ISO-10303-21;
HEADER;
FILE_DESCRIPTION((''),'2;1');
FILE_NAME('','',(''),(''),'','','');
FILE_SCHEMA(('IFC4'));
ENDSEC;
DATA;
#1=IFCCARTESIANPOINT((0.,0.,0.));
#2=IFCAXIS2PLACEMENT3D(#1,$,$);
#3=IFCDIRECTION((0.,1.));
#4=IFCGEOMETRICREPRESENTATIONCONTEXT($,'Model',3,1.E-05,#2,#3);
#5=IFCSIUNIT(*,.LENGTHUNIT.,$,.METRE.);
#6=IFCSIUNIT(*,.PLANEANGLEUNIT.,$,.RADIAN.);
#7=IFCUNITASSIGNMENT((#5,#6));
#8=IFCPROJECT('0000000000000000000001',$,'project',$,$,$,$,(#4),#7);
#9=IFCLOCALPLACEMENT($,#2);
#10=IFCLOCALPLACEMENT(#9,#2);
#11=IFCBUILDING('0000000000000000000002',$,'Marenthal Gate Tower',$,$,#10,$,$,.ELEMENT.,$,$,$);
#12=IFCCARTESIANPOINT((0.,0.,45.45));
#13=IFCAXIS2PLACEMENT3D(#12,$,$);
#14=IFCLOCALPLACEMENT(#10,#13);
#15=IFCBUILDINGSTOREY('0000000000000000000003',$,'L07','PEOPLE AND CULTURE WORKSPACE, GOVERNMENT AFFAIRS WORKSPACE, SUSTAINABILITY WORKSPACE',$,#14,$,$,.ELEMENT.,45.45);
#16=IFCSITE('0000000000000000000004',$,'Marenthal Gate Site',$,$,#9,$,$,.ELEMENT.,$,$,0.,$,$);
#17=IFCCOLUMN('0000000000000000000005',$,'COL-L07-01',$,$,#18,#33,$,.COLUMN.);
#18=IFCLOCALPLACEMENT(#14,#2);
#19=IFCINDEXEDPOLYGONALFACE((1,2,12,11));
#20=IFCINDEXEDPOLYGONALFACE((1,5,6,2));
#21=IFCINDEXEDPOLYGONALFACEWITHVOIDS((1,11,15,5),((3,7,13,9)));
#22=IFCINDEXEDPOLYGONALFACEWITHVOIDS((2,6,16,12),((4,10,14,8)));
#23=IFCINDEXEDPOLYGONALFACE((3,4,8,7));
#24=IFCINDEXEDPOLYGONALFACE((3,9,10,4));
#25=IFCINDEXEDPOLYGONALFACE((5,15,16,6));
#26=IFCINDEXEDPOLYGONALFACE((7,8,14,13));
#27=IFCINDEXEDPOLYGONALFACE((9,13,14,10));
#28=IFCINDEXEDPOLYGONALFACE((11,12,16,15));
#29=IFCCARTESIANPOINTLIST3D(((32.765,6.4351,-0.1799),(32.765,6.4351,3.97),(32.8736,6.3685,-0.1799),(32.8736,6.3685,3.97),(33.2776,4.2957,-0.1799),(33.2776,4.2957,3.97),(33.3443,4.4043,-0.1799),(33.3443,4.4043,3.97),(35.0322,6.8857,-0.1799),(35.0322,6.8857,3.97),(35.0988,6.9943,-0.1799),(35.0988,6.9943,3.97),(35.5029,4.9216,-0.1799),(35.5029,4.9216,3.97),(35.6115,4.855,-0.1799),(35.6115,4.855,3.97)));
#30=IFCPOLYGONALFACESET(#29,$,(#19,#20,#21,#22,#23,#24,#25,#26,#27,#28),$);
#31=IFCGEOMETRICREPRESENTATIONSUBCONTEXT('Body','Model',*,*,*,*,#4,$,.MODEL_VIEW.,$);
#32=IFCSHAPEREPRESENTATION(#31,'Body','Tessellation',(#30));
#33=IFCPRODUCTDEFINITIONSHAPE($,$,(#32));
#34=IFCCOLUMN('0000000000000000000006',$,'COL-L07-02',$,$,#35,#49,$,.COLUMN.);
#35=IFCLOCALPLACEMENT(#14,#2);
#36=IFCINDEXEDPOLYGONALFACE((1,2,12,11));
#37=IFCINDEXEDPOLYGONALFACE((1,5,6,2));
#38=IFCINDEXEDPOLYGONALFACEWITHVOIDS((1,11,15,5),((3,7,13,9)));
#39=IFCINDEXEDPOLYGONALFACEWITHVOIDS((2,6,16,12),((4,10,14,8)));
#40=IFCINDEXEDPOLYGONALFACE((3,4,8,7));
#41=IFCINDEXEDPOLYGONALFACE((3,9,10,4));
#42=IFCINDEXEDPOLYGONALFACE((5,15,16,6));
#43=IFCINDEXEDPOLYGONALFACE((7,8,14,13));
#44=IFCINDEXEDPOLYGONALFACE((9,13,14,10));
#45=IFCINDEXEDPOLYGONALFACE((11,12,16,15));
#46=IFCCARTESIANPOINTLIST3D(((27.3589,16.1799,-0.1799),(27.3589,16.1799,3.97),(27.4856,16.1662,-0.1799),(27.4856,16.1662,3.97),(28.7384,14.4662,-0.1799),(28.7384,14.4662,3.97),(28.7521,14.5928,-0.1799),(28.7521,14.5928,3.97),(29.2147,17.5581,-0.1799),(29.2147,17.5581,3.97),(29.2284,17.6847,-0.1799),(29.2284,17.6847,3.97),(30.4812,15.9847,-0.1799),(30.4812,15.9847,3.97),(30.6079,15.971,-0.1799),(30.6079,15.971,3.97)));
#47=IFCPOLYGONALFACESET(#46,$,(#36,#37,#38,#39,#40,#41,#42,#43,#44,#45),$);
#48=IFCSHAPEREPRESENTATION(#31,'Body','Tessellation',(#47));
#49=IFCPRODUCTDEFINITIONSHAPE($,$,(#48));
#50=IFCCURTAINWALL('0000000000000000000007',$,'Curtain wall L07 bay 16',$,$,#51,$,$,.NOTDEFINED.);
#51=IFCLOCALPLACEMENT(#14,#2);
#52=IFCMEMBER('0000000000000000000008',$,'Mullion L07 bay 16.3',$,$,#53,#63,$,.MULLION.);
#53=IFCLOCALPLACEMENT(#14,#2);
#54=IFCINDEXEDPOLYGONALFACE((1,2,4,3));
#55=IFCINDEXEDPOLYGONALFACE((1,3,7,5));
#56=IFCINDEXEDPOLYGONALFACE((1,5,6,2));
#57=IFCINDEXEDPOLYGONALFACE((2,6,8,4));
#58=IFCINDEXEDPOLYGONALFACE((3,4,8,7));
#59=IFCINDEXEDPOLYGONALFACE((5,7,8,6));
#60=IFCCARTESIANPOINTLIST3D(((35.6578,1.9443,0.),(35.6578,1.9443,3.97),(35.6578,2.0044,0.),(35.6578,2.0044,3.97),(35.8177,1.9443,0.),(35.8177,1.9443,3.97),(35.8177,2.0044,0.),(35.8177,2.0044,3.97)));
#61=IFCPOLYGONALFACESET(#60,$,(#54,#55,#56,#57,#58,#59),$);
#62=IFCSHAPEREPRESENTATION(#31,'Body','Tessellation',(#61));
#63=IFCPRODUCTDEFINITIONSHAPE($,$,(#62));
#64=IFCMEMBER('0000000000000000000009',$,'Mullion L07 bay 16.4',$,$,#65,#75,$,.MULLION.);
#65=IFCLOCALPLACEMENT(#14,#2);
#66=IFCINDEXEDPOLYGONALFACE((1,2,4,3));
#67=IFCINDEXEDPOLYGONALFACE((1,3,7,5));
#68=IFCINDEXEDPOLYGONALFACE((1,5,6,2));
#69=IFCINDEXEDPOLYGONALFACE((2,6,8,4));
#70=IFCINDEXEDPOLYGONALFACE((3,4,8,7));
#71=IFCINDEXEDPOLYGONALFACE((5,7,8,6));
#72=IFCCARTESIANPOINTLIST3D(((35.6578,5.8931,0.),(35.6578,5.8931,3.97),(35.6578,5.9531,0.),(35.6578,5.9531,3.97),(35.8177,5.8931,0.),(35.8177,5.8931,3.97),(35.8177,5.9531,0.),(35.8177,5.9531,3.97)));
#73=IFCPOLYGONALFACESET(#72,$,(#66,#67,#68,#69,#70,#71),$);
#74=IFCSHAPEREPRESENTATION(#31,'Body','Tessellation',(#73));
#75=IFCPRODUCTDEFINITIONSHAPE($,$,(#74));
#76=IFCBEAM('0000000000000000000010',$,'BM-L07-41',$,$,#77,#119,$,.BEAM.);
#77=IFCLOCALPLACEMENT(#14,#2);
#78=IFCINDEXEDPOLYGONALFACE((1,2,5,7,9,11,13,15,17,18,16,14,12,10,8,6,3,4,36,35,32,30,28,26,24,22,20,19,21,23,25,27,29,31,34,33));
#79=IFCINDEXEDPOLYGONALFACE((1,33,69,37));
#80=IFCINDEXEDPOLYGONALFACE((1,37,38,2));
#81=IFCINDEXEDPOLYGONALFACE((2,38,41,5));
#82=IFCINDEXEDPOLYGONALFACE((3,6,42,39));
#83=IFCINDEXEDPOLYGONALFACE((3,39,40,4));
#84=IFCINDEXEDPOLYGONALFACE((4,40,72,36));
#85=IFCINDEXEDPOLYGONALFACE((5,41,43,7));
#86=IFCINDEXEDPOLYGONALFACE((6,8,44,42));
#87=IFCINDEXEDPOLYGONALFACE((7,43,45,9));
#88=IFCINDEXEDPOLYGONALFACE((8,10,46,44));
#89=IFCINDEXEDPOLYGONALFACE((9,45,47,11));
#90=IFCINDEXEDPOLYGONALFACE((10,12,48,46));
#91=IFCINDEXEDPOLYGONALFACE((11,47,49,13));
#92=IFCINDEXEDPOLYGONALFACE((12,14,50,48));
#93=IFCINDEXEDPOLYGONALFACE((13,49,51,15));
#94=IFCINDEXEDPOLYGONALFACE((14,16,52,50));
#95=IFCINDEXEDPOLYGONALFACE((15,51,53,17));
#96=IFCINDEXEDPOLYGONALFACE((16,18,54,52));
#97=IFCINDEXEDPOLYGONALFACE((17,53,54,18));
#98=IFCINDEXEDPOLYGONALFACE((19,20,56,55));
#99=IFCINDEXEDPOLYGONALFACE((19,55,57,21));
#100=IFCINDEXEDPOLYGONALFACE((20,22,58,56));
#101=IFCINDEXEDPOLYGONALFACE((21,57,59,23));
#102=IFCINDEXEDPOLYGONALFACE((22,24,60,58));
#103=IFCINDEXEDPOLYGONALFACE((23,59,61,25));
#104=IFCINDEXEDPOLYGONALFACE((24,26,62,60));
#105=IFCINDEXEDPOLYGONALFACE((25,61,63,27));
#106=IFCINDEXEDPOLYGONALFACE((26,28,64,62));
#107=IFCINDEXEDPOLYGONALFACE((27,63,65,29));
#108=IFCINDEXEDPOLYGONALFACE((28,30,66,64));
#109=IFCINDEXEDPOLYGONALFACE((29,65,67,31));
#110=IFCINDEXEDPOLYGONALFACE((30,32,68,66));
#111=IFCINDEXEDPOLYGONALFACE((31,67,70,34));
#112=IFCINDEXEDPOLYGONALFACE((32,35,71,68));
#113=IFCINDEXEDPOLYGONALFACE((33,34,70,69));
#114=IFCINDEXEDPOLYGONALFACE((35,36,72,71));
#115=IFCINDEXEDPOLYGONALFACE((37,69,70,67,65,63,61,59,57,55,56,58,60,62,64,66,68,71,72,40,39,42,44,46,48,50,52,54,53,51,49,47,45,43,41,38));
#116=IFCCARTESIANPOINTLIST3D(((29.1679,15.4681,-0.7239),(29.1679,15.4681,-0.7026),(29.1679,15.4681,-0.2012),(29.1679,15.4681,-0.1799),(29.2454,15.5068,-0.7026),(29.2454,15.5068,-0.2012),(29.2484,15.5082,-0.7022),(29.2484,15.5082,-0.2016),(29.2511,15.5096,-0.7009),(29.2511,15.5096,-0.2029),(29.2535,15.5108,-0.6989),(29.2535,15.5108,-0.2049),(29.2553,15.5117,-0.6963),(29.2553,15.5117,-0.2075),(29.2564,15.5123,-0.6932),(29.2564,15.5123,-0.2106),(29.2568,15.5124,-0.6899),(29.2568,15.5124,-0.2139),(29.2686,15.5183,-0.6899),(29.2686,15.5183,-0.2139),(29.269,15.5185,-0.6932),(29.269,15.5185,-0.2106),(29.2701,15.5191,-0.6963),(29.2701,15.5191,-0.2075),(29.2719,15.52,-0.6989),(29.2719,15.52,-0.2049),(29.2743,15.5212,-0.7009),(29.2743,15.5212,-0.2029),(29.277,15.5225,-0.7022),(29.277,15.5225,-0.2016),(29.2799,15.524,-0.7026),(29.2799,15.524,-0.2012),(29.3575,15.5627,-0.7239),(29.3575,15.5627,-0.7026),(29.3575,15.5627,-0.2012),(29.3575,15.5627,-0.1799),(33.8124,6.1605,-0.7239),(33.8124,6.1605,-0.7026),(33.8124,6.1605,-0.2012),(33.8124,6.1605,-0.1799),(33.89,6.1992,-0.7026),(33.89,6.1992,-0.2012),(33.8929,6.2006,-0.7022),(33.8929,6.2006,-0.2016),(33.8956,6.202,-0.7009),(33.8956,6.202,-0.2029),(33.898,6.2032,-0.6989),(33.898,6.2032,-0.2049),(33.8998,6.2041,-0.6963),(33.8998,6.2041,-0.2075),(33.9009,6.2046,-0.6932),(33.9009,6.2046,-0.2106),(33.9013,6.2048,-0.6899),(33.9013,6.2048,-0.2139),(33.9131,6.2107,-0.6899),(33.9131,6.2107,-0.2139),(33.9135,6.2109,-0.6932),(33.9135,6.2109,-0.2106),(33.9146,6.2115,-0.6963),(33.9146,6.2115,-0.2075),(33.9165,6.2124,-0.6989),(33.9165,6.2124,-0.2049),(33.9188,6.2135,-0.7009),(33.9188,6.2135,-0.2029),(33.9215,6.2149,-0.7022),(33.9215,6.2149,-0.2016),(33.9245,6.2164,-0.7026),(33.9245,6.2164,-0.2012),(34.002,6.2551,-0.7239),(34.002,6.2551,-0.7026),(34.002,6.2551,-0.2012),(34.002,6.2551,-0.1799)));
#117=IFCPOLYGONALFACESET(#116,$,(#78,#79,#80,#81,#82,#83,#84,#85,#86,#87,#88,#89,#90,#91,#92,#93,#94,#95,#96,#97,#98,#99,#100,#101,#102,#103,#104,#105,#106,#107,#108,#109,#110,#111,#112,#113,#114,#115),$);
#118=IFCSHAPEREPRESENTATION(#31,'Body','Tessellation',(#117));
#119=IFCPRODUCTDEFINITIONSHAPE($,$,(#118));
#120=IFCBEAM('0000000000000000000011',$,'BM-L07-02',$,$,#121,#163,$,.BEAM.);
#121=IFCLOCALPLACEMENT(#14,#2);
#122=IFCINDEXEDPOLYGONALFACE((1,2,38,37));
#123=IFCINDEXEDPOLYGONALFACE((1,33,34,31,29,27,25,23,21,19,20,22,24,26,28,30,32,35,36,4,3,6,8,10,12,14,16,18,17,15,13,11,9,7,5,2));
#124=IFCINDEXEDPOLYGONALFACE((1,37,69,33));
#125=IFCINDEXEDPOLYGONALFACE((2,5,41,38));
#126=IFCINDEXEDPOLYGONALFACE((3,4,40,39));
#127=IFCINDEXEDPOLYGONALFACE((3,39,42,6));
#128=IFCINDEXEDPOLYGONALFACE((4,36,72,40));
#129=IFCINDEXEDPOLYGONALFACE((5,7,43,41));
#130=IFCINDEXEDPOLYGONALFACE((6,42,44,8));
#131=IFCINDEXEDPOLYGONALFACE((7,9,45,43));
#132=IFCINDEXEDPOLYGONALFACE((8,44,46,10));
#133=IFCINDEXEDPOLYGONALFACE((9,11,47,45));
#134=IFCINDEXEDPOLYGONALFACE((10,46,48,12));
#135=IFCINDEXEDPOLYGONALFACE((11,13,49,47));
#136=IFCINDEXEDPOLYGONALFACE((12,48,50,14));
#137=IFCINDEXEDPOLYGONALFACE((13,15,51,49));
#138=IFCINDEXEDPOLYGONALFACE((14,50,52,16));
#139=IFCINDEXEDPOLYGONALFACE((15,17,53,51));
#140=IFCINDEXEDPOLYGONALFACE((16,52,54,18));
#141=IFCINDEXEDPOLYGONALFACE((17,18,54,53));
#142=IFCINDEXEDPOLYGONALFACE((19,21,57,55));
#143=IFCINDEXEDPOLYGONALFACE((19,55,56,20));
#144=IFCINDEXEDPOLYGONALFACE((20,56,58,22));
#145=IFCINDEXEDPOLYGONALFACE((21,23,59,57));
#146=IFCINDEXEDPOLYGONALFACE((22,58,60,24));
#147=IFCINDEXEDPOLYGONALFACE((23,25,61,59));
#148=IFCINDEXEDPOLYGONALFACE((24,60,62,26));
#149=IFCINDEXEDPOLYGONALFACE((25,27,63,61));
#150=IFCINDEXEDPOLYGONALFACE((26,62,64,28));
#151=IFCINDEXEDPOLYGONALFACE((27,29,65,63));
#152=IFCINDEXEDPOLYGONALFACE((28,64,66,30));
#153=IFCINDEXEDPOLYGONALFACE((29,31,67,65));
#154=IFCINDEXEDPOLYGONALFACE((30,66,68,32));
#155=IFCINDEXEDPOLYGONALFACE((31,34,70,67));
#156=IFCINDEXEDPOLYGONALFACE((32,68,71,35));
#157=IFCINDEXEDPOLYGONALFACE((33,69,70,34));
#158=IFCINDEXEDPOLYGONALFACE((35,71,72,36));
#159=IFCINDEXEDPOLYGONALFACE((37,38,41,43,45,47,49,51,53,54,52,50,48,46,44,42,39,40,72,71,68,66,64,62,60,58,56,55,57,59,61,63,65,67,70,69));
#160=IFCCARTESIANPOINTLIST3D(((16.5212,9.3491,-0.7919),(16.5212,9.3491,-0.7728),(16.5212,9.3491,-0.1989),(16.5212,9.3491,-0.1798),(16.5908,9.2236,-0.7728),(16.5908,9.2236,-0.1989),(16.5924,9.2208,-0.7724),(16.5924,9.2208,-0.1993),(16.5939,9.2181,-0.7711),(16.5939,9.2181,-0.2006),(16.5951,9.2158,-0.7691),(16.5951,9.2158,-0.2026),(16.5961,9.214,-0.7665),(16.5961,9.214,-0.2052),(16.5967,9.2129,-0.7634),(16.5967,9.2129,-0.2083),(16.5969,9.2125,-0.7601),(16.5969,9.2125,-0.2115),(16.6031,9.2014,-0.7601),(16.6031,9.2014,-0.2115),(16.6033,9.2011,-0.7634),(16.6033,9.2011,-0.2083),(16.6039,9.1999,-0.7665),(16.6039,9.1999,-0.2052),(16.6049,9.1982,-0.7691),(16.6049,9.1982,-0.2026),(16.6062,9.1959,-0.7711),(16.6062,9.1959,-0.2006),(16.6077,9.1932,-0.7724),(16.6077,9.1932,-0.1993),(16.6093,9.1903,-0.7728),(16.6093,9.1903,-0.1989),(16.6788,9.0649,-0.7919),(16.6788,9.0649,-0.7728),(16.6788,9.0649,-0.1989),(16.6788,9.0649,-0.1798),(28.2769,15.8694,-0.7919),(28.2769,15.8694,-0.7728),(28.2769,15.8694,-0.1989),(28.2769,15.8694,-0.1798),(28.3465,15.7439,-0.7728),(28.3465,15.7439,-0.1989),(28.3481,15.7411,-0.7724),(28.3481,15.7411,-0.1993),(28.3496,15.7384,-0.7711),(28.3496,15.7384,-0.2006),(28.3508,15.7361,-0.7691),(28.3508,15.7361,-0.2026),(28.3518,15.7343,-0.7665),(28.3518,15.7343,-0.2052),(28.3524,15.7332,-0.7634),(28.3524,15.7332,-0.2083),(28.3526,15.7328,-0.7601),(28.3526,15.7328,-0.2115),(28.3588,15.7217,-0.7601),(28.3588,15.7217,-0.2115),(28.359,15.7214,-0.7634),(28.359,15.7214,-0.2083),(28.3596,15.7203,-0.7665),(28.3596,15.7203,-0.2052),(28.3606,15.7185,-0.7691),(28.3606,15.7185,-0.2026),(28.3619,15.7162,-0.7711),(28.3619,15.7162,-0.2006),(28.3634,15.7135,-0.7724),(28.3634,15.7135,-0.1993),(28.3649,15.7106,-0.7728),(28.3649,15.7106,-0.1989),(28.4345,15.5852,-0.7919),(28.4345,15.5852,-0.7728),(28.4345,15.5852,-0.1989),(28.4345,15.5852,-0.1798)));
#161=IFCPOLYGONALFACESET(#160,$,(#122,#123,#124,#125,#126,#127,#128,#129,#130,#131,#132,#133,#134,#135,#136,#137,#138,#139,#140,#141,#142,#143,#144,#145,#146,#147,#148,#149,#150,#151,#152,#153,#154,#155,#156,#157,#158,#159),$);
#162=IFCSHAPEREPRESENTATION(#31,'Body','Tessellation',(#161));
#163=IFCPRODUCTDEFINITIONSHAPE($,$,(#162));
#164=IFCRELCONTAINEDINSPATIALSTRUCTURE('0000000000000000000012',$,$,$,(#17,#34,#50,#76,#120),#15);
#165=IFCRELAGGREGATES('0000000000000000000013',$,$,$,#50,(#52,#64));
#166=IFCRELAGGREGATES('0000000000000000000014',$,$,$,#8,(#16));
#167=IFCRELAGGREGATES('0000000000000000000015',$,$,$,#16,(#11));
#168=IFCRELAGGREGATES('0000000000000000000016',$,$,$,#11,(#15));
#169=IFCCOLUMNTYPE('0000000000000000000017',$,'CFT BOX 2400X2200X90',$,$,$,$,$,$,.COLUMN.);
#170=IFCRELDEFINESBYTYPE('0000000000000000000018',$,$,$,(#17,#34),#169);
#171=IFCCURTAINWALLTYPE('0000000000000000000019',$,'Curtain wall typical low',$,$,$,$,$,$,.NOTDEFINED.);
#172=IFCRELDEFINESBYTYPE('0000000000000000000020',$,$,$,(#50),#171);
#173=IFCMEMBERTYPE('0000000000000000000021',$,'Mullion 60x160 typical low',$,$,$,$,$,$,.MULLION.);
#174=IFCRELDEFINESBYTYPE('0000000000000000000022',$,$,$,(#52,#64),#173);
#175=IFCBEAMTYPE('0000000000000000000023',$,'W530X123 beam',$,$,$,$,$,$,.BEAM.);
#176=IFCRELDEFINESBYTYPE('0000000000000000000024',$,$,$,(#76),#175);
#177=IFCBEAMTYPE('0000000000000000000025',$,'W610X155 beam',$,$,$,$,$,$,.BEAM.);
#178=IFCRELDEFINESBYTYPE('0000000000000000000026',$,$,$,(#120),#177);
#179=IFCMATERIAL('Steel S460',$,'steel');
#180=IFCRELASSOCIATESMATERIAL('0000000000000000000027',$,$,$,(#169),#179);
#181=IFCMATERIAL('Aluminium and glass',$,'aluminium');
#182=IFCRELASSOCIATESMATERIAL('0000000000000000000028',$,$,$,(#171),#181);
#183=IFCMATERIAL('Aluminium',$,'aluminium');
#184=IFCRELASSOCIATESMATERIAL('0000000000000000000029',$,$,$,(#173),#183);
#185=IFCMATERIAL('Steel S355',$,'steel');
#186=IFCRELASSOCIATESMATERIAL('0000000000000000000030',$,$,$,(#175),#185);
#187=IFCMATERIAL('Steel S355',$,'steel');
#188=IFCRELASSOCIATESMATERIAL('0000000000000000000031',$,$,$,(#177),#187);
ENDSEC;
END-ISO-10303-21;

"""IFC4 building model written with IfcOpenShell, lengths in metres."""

from ifc_helpers import new_model, si_unit, direction, frame, origin, origin_2d, place, context, subcontext, project, spatial, rectangle, hollow_rectangle, i_section, extrude, material, material_profile, profile_set, type_object, element, aggregate, save


model = new_model("IFC4")

# Units and contexts
model_context = context("Model", 3, precision=1e-05, world=origin(), true_north=direction((0.0, 1.0)))
body_context = subcontext(model_context, "Body", "Model", "MODEL_VIEW")
ifc_project = project(units=[si_unit("LENGTHUNIT", "METRE"), si_unit("PLANEANGLEUNIT", "RADIAN")], contexts=[model_context])

# Site, building, storey
site_placement = place(None, origin())
site = spatial("IfcSite", under=ifc_project, at=site_placement, Name="Marenthal Gate Site", CompositionType="ELEMENT", RefElevation=0.0)
building_placement = place(site_placement, origin())
building = spatial("IfcBuilding", under=site, at=building_placement, Name="Marenthal Gate Tower", CompositionType="ELEMENT")
storey_placement = place(building_placement, frame((0.0, 0.0, 45.45)))
storey = spatial("IfcBuildingStorey", under=building, at=storey_placement, Name="L07", Description="PEOPLE AND CULTURE WORKSPACE, GOVERNMENT AFFAIRS WORKSPACE, SUSTAINABILITY WORKSPACE", CompositionType="ELEMENT", Elevation=45.45)

# Columns
ifc_material_1 = material(Name="Steel S460", Category="steel")
ifc_material_profile_1 = material_profile(ifc_material_1, hollow_rectangle(XDim=2.2, YDim=2.3999, WallThickness=0.0901, at=origin_2d()), Name="CFT BOX 2400X2200X90")
ifc_material_2 = material(Name="Concrete 70 MPa", Category="concrete")
ifc_material_profile_2 = material_profile(ifc_material_2, rectangle(XDim=2.02, YDim=2.22, at=origin_2d()), Name="CFT BOX 2400X2200X90 INFILL")
ifc_profile_set_1 = profile_set([ifc_material_profile_1, ifc_material_profile_2], Name="Steel S460 shell, Concrete 70 MPa infill")
column_type = type_object("IfcColumnType", Name="CFT BOX 2400X2200X90", PredefinedType="COLUMN", material=ifc_profile_set_1)
for number, where, z_axis, x_axis, name in (
    (1, (34.1882, 5.645, -0.1799), (0.0, 0.0, 1.0), (0.233033, -0.972469, 0.0), "COL-L07-01"),
    (2, (28.9834, 16.0754, -0.1799), (0.0, 0.0, 1.0), (0.627046, -0.778982, 0.0), "COL-L07-02"),
):
    element("IfcColumn", number, at=place(storey_placement, frame(where, z_axis=z_axis, x_axis=x_axis)), inside=storey, type_object=column_type, Name=name, PredefinedType="COLUMN", context=body_context, shape_type="SweptSolid", body=[
        extrude(hollow_rectangle(XDim=2.2, YDim=2.3999, WallThickness=0.0901, at=origin_2d()), origin(), (0.0, 0.0, 1.0), 4.1499),
    ])

# Curtain wall, members
ifc_material_3 = material(Name="Aluminium and glass", Category="aluminium")
curtain_wall_type = type_object("IfcCurtainWallType", Name="Curtain wall typical low", PredefinedType="NOTDEFINED", material=ifc_material_3)
curtain_wall_placement = place(storey_placement, origin())
curtain_wall = element("IfcCurtainWall", 3, at=curtain_wall_placement, inside=storey, type_object=curtain_wall_type, Name="Curtain wall L07 bay 16", PredefinedType="NOTDEFINED")
ifc_material_4 = material(Name="Aluminium", Category="aluminium")
ifc_material_profile_3 = material_profile(ifc_material_4, rectangle(XDim=0.1599, YDim=0.0601, at=origin_2d()), Name="60x160 aluminium mullion")
ifc_profile_set_2 = profile_set([ifc_material_profile_3], Name="Aluminium")
member_type = type_object("IfcMemberType", Name="Mullion 60x160 typical low", PredefinedType="MULLION", material=ifc_profile_set_2)
member_1_placement = place(storey_placement, frame((35.7378, 1.9744, 0.0), z_axis=(0.0, 0.0, 1.0), x_axis=(-1.0, 0.0, 0.0)))
member_1 = element("IfcMember", 4, at=member_1_placement, type_object=member_type, Name="Mullion L07 bay 16.3", PredefinedType="MULLION", context=body_context, shape_type="SweptSolid", body=[
    extrude(rectangle(XDim=0.1599, YDim=0.0601, at=origin_2d()), origin(), (0.0, 0.0, 1.0), 3.97),
])
member_2_placement = place(storey_placement, frame((35.7378, 5.9231, 0.0), z_axis=(0.0, 0.0, 1.0), x_axis=(-1.0, 0.0, 0.0)))
member_2 = element("IfcMember", 5, at=member_2_placement, type_object=member_type, Name="Mullion L07 bay 16.4", PredefinedType="MULLION", context=body_context, shape_type="SweptSolid", body=[
    extrude(rectangle(XDim=0.1599, YDim=0.0601, at=origin_2d()), origin(), (0.0, 0.0, 1.0), 3.97),
])

# Beams
ifc_material_5 = material(Name="Steel S355", Category="steel")
ifc_material_profile_4 = material_profile(ifc_material_5, i_section(OverallWidth=0.2119, OverallDepth=0.5439, WebThickness=0.0132, FlangeThickness=0.0212, FilletRadius=0.0127, at=origin_2d()), Name="W530X123")
ifc_profile_set_3 = profile_set([ifc_material_profile_4], Name="Steel S355")
beam_type_1 = type_object("IfcBeamType", Name="W530X123 beam", PredefinedType="BEAM", material=ifc_profile_set_3)
beam_1_placement = place(storey_placement, frame((33.9072, 6.2078, -0.4519), z_axis=(-0.4465, 0.894784, 0.0), x_axis=(-0.894784, -0.4465, 0.0)))
element("IfcBeam", 6, at=beam_1_placement, inside=storey, type_object=beam_type_1, Name="BM-L07-41", PredefinedType="BEAM", context=body_context, shape_type="SweptSolid", body=[
    extrude(i_section(OverallWidth=0.2119, OverallDepth=0.5439, WebThickness=0.0132, FlangeThickness=0.0212, FilletRadius=0.0127, at=origin_2d()), origin(), (0.0, 0.0, 1.0), 10.4021),
])
ifc_material_6 = material(Name="Steel S355", Category="steel")
ifc_material_profile_5 = material_profile(ifc_material_6, i_section(OverallWidth=0.325, OverallDepth=0.6121, WebThickness=0.0127, FlangeThickness=0.019, FilletRadius=0.0127, at=origin_2d()), Name="W610X155")
ifc_profile_set_4 = profile_set([ifc_material_profile_5], Name="Steel S355")
beam_type_2 = type_object("IfcBeamType", Name="W610X155 beam", PredefinedType="BEAM", material=ifc_profile_set_4)
beam_2_placement = place(storey_placement, frame((28.3557, 15.7273, -0.4858), z_axis=(-0.874493, -0.485038, 0.0), x_axis=(0.485038, -0.874493, 0.0)))
element("IfcBeam", 7, at=beam_2_placement, inside=storey, type_object=beam_type_2, Name="BM-L07-02", PredefinedType="BEAM", context=body_context, shape_type="SweptSolid", body=[
    extrude(i_section(OverallWidth=0.325, OverallDepth=0.6121, WebThickness=0.0127, FlangeThickness=0.019, FilletRadius=0.0127, at=origin_2d()), origin(), (0.0, 0.0, 1.0), 13.4429),
])

aggregate(curtain_wall, [member_1, member_2])

save(model, "model.ifc")
